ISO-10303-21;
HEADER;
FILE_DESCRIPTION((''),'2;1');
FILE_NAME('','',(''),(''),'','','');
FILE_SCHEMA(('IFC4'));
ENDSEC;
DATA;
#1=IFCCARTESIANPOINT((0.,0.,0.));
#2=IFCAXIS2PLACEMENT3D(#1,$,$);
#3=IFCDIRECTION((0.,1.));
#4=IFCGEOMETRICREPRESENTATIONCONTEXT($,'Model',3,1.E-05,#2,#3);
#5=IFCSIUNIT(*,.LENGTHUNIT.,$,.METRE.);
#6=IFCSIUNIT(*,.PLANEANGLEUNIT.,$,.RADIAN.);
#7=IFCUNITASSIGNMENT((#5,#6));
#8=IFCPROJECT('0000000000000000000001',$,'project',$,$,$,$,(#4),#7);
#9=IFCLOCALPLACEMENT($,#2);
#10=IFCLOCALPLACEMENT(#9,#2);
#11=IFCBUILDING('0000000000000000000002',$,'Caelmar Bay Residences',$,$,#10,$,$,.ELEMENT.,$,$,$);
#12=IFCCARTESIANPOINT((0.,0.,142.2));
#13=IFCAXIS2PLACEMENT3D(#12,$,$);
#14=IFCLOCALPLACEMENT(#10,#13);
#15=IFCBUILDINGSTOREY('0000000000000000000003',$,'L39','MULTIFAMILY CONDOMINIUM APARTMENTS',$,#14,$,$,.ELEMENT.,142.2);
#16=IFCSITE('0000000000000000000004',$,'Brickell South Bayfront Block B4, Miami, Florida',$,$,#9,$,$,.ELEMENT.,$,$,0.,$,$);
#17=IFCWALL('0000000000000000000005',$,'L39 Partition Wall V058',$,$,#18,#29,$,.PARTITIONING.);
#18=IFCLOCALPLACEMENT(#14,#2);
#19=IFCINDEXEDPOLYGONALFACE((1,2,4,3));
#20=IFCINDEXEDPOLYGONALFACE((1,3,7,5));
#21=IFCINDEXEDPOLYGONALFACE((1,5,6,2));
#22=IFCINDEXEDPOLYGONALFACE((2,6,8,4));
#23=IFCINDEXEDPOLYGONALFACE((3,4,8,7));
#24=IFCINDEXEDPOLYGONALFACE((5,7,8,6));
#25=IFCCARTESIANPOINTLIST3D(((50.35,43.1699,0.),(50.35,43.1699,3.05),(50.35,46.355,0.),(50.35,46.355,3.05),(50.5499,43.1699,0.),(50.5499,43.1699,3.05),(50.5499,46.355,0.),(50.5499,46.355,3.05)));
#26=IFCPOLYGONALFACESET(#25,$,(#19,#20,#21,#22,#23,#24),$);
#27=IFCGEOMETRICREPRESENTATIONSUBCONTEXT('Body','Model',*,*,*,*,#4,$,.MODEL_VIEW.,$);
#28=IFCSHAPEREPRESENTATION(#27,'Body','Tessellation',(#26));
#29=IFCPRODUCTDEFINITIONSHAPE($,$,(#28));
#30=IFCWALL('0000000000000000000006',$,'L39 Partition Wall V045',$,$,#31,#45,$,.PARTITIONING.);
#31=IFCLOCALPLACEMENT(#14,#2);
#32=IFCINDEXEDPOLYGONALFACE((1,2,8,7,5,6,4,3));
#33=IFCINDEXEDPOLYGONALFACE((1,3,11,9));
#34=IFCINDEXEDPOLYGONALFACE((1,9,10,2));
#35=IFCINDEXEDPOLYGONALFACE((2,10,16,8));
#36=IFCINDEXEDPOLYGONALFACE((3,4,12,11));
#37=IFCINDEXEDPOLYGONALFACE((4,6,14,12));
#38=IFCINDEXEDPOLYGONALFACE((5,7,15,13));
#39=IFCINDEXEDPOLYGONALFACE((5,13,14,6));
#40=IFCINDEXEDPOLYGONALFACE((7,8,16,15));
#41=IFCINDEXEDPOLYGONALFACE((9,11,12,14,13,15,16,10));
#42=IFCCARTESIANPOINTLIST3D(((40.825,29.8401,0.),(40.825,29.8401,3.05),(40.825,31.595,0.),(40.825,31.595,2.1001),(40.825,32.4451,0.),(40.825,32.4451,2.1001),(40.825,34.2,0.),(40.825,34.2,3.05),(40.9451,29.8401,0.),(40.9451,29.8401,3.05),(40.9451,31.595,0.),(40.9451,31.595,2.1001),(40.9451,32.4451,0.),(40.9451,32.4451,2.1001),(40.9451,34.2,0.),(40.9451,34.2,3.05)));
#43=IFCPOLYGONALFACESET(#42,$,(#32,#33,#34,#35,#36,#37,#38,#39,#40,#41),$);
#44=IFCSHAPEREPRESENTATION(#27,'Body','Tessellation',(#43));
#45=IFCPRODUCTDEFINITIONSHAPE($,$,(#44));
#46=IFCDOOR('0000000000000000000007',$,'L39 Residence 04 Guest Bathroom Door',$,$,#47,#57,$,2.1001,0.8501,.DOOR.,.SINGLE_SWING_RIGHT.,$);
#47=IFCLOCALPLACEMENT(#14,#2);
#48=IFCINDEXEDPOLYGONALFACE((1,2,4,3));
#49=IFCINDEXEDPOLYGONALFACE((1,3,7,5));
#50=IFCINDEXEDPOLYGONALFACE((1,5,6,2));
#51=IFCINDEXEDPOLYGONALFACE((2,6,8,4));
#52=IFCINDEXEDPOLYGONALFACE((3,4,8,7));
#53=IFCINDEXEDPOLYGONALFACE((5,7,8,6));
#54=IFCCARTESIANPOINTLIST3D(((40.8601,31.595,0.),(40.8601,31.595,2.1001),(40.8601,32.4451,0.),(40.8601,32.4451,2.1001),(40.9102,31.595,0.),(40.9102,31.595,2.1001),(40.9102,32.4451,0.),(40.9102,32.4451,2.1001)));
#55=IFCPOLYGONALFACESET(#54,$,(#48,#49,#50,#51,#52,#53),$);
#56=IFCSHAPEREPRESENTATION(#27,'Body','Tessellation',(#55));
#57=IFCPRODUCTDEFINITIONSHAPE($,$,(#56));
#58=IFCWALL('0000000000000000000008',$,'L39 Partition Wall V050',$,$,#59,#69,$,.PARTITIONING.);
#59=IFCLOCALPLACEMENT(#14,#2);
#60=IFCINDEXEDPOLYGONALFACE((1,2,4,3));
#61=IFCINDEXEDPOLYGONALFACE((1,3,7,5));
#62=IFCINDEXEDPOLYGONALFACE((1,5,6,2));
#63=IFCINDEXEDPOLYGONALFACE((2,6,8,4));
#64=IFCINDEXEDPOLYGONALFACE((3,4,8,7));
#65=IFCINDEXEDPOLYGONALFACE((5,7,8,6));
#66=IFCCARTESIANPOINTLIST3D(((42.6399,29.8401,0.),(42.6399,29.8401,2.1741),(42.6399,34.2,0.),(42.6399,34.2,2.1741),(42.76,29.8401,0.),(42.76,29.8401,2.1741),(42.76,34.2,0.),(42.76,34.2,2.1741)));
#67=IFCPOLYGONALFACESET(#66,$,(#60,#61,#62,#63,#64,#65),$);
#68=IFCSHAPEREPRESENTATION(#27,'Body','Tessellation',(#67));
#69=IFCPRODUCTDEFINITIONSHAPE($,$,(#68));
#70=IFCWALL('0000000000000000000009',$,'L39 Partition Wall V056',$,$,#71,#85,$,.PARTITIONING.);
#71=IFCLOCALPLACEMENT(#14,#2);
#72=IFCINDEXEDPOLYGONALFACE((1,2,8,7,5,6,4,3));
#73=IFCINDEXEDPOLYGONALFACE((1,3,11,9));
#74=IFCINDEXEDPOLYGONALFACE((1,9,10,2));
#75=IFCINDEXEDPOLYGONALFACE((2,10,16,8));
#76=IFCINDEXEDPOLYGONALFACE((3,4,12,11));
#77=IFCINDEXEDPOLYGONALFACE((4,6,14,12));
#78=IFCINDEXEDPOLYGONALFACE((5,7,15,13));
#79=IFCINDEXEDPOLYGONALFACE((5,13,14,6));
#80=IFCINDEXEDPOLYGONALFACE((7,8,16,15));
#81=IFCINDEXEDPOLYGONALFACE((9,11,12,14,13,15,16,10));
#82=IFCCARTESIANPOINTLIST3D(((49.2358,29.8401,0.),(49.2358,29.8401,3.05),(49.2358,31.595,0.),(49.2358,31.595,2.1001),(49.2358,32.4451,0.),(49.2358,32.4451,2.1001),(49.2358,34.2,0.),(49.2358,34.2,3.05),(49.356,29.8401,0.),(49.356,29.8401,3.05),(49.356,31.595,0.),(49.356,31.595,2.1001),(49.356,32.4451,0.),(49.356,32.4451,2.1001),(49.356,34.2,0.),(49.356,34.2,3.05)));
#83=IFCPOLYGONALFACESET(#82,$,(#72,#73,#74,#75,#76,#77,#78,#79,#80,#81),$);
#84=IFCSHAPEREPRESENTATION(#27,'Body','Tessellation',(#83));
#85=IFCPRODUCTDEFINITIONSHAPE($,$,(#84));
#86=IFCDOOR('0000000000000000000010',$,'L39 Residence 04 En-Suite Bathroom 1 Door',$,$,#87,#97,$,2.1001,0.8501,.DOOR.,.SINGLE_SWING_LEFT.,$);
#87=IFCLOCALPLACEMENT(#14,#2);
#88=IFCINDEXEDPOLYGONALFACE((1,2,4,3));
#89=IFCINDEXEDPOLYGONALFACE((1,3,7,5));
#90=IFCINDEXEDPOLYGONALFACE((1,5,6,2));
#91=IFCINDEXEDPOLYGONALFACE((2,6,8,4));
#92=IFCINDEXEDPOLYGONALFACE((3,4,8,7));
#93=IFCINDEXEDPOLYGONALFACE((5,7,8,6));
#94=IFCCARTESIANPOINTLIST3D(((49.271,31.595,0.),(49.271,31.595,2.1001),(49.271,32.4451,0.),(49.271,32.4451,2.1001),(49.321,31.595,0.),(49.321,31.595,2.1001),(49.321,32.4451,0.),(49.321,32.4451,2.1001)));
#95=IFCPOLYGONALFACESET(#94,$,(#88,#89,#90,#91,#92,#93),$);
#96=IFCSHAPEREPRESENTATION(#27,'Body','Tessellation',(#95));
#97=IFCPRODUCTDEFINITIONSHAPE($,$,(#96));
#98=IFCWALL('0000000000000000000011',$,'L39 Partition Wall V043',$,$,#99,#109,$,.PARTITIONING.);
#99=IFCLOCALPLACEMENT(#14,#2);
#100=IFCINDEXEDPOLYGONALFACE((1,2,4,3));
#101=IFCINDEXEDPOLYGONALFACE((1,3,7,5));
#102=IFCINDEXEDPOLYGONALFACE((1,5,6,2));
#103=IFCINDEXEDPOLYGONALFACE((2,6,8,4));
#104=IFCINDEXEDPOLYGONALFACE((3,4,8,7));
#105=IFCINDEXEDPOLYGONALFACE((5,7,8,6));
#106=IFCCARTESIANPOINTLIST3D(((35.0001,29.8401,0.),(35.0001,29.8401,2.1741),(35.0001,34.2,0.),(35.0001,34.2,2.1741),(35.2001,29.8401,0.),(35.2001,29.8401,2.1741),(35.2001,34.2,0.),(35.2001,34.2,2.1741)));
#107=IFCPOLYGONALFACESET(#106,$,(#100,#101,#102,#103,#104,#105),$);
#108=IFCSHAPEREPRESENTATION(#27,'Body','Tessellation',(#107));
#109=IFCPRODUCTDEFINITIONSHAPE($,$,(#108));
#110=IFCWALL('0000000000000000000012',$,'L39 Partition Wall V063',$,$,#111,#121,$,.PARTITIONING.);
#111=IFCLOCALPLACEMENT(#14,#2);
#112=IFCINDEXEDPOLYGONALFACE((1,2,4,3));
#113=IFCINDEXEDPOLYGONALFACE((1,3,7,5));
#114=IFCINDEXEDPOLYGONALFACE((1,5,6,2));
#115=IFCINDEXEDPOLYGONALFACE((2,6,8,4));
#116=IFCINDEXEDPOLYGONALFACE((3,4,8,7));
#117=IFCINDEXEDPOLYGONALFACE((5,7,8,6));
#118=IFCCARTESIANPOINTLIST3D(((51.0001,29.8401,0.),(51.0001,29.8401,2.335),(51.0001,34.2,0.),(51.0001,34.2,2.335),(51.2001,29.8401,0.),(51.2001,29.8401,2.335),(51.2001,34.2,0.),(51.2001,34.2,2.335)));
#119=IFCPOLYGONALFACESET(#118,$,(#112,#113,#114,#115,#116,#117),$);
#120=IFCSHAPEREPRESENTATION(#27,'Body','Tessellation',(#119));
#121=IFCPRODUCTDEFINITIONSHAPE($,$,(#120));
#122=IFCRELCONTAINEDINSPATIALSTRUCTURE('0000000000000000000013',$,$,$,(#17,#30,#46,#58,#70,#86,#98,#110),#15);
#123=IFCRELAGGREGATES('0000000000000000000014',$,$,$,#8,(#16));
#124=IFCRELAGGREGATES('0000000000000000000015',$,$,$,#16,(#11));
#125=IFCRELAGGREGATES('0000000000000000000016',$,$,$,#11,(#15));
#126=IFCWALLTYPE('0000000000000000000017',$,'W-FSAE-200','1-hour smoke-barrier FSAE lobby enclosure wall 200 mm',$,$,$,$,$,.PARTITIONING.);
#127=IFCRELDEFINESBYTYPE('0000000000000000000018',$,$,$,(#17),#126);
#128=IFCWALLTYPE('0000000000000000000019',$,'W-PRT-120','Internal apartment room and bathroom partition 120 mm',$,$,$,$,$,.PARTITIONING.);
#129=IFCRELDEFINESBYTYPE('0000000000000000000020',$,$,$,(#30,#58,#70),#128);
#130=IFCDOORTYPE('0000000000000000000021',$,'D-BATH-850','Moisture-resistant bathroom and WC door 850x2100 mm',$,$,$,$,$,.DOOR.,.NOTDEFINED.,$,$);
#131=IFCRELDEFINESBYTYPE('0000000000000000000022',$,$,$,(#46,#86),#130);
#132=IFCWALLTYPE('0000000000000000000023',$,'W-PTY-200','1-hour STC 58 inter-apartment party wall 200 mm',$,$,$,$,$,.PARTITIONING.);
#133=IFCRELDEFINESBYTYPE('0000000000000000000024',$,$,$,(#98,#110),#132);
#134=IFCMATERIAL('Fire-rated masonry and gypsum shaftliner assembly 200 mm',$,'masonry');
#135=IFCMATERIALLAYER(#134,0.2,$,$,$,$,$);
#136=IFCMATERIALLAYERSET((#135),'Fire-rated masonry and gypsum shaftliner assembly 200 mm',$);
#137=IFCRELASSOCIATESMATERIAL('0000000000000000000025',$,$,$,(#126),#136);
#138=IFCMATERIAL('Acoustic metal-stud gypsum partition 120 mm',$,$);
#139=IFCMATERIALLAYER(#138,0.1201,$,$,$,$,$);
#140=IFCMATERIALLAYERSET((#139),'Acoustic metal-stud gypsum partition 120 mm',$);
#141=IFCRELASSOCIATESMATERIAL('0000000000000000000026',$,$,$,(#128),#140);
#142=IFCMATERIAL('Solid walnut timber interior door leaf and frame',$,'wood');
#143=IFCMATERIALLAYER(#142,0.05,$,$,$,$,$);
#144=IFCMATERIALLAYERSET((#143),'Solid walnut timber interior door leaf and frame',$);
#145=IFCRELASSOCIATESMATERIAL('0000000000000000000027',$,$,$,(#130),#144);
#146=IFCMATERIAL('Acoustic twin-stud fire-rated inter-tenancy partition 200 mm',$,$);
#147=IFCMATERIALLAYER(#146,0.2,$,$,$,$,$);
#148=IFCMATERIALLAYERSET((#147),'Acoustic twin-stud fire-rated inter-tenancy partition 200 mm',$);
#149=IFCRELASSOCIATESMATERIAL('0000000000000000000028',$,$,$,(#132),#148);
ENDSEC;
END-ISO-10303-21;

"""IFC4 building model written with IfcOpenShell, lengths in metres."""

from ifc_helpers import new_model, si_unit, direction, frame, frame_2d, origin, place, context, subcontext, project, spatial, rectangle, extrude, material, layer, layer_set, type_object, element, fill, save


model = new_model("IFC4")

# Units and contexts
model_context = context("Model", 3, precision=1e-05, world=origin(), true_north=direction((0.0, 1.0)))
body_context = subcontext(model_context, "Body", "Model", "MODEL_VIEW")
ifc_project = project(units=[si_unit("LENGTHUNIT", "METRE"), si_unit("PLANEANGLEUNIT", "RADIAN")], contexts=[model_context])

# Site, building, storey
site_placement = place(None, origin())
site = spatial("IfcSite", under=ifc_project, at=site_placement, Name="Brickell South Bayfront Block B4, Miami, Florida", CompositionType="ELEMENT", RefElevation=0.0)
building_placement = place(site_placement, origin())
building = spatial("IfcBuilding", under=site, at=building_placement, Name="Caelmar Bay Residences", CompositionType="ELEMENT")
storey_placement = place(building_placement, frame((0.0, 0.0, 142.2)))
storey = spatial("IfcBuildingStorey", under=building, at=storey_placement, Name="L39", Description="MULTIFAMILY CONDOMINIUM APARTMENTS", CompositionType="ELEMENT", Elevation=142.2)

# Wall
ifc_material_1 = material(Name="Fire-rated masonry and gypsum shaftliner assembly 200 mm", Category="masonry")
ifc_layer_1 = layer(ifc_material_1, 0.2)
ifc_layer_set_1 = layer_set([ifc_layer_1], Name="Fire-rated masonry and gypsum shaftliner assembly 200 mm")
wall_type_1 = type_object("IfcWallType", Name="W-FSAE-200", Description="1-hour smoke-barrier FSAE lobby enclosure wall 200 mm", PredefinedType="PARTITIONING", material=ifc_layer_set_1)
wall_1_placement = place(storey_placement, frame((50.45, 43.1699, 0.0), z_axis=(0.0, 0.0, 1.0), x_axis=(0.0, 1.0, 0.0)))
element("IfcWall", 1, at=wall_1_placement, inside=storey, type_object=wall_type_1, Name="L39 Partition Wall V058", PredefinedType="PARTITIONING", context=body_context, shape_type="SweptSolid", body=[
    extrude(rectangle(XDim=3.1851, YDim=0.2, at=frame_2d((1.5925, 0.0))), origin(), (0.0, 0.0, 1.0), 3.05),
])

# Wall, opening, door
ifc_material_2 = material(Name="Acoustic metal-stud gypsum partition 120 mm")
ifc_layer_2 = layer(ifc_material_2, 0.1201)
ifc_layer_set_2 = layer_set([ifc_layer_2], Name="Acoustic metal-stud gypsum partition 120 mm")
wall_type_2 = type_object("IfcWallType", Name="W-PRT-120", Description="Internal apartment room and bathroom partition 120 mm", PredefinedType="PARTITIONING", material=ifc_layer_set_2)
wall_2_placement = place(storey_placement, frame((40.885, 29.8401, 0.0), z_axis=(0.0, 0.0, 1.0), x_axis=(0.0, 1.0, 0.0)))
wall_2 = element("IfcWall", 2, at=wall_2_placement, inside=storey, type_object=wall_type_2, Name="L39 Partition Wall V045", PredefinedType="PARTITIONING", context=body_context, shape_type="SweptSolid", body=[
    extrude(rectangle(XDim=4.3599, YDim=0.1201, at=frame_2d((2.1799, 0.0))), origin(), (0.0, 0.0, 1.0), 3.05),
])
opening_1_placement = place(wall_2_placement, frame((1.7549, 0.0, 0.0)))
opening_1 = element("IfcOpeningElement", 3, at=opening_1_placement, cuts=wall_2, PredefinedType="OPENING", context=body_context, shape_type="SweptSolid", body=[
    extrude(rectangle(XDim=0.8501, YDim=2.1001, at=frame_2d((0.425, 1.05))), frame((0.0, 0.0701, 0.0), z_axis=(0.0, -1.0, 0.0), x_axis=(1.0, 0.0, 0.0)), (0.0, 0.0, 1.0), 0.1401),
])
ifc_material_3 = material(Name="Solid walnut timber interior door leaf and frame", Category="wood")
ifc_layer_3 = layer(ifc_material_3, 0.05)
ifc_layer_set_3 = layer_set([ifc_layer_3], Name="Solid walnut timber interior door leaf and frame")
door_type_1 = type_object("IfcDoorType", Name="D-BATH-850", Description="Moisture-resistant bathroom and WC door 850x2100 mm", OperationType="NOTDEFINED", PredefinedType="DOOR", material=ifc_layer_set_3)
door_1_placement = place(opening_1_placement, origin())
door_1 = element("IfcDoor", 4, at=door_1_placement, inside=storey, type_object=door_type_1, Name="L39 Residence 04 Guest Bathroom Door", OperationType="SINGLE_SWING_RIGHT", OverallHeight=2.1001, OverallWidth=0.8501, PredefinedType="DOOR", context=body_context, shape_type="SweptSolid", body=[
    extrude(rectangle(XDim=0.8501, YDim=2.1001, at=frame_2d((0.425, 1.05))), frame((0.0, 0.0249, 0.0), z_axis=(0.0, -1.0, 0.0), x_axis=(1.0, 0.0, 0.0)), (0.0, 0.0, 1.0), 0.05),
])
fill(opening_1, door_1)

# Wall
wall_3_placement = place(storey_placement, frame((42.7, 29.8401, 0.0), z_axis=(0.0, 0.0, 1.0), x_axis=(0.0, 1.0, 0.0)))
element("IfcWall", 5, at=wall_3_placement, inside=storey, type_object=wall_type_2, Name="L39 Partition Wall V050", PredefinedType="PARTITIONING", context=body_context, shape_type="SweptSolid", body=[
    extrude(rectangle(XDim=4.3599, YDim=0.1201, at=frame_2d((2.1799, 0.0))), origin(), (0.0, 0.0, 1.0), 2.1741),
])

# Wall, opening, door
wall_4_placement = place(storey_placement, frame((49.2959, 29.8401, 0.0), z_axis=(0.0, 0.0, 1.0), x_axis=(0.0, 1.0, 0.0)))
wall_4 = element("IfcWall", 6, at=wall_4_placement, inside=storey, type_object=wall_type_2, Name="L39 Partition Wall V056", PredefinedType="PARTITIONING", context=body_context, shape_type="SweptSolid", body=[
    extrude(rectangle(XDim=4.3599, YDim=0.1201, at=frame_2d((2.1799, 0.0))), origin(), (0.0, 0.0, 1.0), 3.05),
])
opening_2_placement = place(wall_4_placement, frame((1.7549, 0.0, 0.0)))
opening_2 = element("IfcOpeningElement", 7, at=opening_2_placement, cuts=wall_4, PredefinedType="OPENING", context=body_context, shape_type="SweptSolid", body=[
    extrude(rectangle(XDim=0.8501, YDim=2.1001, at=frame_2d((0.425, 1.05))), frame((0.0, 0.0701, 0.0), z_axis=(0.0, -1.0, 0.0), x_axis=(1.0, 0.0, 0.0)), (0.0, 0.0, 1.0), 0.1401),
])
door_2_placement = place(opening_2_placement, origin())
door_2 = element("IfcDoor", 8, at=door_2_placement, inside=storey, type_object=door_type_1, Name="L39 Residence 04 En-Suite Bathroom 1 Door", OperationType="SINGLE_SWING_LEFT", OverallHeight=2.1001, OverallWidth=0.8501, PredefinedType="DOOR", context=body_context, shape_type="SweptSolid", body=[
    extrude(rectangle(XDim=0.8501, YDim=2.1001, at=frame_2d((0.425, 1.05))), frame((0.0, 0.0249, 0.0), z_axis=(0.0, -1.0, 0.0), x_axis=(1.0, 0.0, 0.0)), (0.0, 0.0, 1.0), 0.05),
])
fill(opening_2, door_2)

# Walls
ifc_material_4 = material(Name="Acoustic twin-stud fire-rated inter-tenancy partition 200 mm")
ifc_layer_4 = layer(ifc_material_4, 0.2)
ifc_layer_set_4 = layer_set([ifc_layer_4], Name="Acoustic twin-stud fire-rated inter-tenancy partition 200 mm")
wall_type_3 = type_object("IfcWallType", Name="W-PTY-200", Description="1-hour STC 58 inter-apartment party wall 200 mm", PredefinedType="PARTITIONING", material=ifc_layer_set_4)
wall_5_placement = place(storey_placement, frame((35.1001, 29.8401, 0.0), z_axis=(0.0, 0.0, 1.0), x_axis=(0.0, 1.0, 0.0)))
element("IfcWall", 9, at=wall_5_placement, inside=storey, type_object=wall_type_3, Name="L39 Partition Wall V043", PredefinedType="PARTITIONING", context=body_context, shape_type="SweptSolid", body=[
    extrude(rectangle(XDim=4.3599, YDim=0.2, at=frame_2d((2.1799, 0.0))), origin(), (0.0, 0.0, 1.0), 2.1741),
])
wall_6_placement = place(storey_placement, frame((51.1001, 29.8401, 0.0), z_axis=(0.0, 0.0, 1.0), x_axis=(0.0, 1.0, 0.0)))
element("IfcWall", 10, at=wall_6_placement, inside=storey, type_object=wall_type_3, Name="L39 Partition Wall V063", PredefinedType="PARTITIONING", context=body_context, shape_type="SweptSolid", body=[
    extrude(rectangle(XDim=4.3599, YDim=0.2, at=frame_2d((2.1799, 0.0))), origin(), (0.0, 0.0, 1.0), 2.335),
])

save(model, "model.ifc")
